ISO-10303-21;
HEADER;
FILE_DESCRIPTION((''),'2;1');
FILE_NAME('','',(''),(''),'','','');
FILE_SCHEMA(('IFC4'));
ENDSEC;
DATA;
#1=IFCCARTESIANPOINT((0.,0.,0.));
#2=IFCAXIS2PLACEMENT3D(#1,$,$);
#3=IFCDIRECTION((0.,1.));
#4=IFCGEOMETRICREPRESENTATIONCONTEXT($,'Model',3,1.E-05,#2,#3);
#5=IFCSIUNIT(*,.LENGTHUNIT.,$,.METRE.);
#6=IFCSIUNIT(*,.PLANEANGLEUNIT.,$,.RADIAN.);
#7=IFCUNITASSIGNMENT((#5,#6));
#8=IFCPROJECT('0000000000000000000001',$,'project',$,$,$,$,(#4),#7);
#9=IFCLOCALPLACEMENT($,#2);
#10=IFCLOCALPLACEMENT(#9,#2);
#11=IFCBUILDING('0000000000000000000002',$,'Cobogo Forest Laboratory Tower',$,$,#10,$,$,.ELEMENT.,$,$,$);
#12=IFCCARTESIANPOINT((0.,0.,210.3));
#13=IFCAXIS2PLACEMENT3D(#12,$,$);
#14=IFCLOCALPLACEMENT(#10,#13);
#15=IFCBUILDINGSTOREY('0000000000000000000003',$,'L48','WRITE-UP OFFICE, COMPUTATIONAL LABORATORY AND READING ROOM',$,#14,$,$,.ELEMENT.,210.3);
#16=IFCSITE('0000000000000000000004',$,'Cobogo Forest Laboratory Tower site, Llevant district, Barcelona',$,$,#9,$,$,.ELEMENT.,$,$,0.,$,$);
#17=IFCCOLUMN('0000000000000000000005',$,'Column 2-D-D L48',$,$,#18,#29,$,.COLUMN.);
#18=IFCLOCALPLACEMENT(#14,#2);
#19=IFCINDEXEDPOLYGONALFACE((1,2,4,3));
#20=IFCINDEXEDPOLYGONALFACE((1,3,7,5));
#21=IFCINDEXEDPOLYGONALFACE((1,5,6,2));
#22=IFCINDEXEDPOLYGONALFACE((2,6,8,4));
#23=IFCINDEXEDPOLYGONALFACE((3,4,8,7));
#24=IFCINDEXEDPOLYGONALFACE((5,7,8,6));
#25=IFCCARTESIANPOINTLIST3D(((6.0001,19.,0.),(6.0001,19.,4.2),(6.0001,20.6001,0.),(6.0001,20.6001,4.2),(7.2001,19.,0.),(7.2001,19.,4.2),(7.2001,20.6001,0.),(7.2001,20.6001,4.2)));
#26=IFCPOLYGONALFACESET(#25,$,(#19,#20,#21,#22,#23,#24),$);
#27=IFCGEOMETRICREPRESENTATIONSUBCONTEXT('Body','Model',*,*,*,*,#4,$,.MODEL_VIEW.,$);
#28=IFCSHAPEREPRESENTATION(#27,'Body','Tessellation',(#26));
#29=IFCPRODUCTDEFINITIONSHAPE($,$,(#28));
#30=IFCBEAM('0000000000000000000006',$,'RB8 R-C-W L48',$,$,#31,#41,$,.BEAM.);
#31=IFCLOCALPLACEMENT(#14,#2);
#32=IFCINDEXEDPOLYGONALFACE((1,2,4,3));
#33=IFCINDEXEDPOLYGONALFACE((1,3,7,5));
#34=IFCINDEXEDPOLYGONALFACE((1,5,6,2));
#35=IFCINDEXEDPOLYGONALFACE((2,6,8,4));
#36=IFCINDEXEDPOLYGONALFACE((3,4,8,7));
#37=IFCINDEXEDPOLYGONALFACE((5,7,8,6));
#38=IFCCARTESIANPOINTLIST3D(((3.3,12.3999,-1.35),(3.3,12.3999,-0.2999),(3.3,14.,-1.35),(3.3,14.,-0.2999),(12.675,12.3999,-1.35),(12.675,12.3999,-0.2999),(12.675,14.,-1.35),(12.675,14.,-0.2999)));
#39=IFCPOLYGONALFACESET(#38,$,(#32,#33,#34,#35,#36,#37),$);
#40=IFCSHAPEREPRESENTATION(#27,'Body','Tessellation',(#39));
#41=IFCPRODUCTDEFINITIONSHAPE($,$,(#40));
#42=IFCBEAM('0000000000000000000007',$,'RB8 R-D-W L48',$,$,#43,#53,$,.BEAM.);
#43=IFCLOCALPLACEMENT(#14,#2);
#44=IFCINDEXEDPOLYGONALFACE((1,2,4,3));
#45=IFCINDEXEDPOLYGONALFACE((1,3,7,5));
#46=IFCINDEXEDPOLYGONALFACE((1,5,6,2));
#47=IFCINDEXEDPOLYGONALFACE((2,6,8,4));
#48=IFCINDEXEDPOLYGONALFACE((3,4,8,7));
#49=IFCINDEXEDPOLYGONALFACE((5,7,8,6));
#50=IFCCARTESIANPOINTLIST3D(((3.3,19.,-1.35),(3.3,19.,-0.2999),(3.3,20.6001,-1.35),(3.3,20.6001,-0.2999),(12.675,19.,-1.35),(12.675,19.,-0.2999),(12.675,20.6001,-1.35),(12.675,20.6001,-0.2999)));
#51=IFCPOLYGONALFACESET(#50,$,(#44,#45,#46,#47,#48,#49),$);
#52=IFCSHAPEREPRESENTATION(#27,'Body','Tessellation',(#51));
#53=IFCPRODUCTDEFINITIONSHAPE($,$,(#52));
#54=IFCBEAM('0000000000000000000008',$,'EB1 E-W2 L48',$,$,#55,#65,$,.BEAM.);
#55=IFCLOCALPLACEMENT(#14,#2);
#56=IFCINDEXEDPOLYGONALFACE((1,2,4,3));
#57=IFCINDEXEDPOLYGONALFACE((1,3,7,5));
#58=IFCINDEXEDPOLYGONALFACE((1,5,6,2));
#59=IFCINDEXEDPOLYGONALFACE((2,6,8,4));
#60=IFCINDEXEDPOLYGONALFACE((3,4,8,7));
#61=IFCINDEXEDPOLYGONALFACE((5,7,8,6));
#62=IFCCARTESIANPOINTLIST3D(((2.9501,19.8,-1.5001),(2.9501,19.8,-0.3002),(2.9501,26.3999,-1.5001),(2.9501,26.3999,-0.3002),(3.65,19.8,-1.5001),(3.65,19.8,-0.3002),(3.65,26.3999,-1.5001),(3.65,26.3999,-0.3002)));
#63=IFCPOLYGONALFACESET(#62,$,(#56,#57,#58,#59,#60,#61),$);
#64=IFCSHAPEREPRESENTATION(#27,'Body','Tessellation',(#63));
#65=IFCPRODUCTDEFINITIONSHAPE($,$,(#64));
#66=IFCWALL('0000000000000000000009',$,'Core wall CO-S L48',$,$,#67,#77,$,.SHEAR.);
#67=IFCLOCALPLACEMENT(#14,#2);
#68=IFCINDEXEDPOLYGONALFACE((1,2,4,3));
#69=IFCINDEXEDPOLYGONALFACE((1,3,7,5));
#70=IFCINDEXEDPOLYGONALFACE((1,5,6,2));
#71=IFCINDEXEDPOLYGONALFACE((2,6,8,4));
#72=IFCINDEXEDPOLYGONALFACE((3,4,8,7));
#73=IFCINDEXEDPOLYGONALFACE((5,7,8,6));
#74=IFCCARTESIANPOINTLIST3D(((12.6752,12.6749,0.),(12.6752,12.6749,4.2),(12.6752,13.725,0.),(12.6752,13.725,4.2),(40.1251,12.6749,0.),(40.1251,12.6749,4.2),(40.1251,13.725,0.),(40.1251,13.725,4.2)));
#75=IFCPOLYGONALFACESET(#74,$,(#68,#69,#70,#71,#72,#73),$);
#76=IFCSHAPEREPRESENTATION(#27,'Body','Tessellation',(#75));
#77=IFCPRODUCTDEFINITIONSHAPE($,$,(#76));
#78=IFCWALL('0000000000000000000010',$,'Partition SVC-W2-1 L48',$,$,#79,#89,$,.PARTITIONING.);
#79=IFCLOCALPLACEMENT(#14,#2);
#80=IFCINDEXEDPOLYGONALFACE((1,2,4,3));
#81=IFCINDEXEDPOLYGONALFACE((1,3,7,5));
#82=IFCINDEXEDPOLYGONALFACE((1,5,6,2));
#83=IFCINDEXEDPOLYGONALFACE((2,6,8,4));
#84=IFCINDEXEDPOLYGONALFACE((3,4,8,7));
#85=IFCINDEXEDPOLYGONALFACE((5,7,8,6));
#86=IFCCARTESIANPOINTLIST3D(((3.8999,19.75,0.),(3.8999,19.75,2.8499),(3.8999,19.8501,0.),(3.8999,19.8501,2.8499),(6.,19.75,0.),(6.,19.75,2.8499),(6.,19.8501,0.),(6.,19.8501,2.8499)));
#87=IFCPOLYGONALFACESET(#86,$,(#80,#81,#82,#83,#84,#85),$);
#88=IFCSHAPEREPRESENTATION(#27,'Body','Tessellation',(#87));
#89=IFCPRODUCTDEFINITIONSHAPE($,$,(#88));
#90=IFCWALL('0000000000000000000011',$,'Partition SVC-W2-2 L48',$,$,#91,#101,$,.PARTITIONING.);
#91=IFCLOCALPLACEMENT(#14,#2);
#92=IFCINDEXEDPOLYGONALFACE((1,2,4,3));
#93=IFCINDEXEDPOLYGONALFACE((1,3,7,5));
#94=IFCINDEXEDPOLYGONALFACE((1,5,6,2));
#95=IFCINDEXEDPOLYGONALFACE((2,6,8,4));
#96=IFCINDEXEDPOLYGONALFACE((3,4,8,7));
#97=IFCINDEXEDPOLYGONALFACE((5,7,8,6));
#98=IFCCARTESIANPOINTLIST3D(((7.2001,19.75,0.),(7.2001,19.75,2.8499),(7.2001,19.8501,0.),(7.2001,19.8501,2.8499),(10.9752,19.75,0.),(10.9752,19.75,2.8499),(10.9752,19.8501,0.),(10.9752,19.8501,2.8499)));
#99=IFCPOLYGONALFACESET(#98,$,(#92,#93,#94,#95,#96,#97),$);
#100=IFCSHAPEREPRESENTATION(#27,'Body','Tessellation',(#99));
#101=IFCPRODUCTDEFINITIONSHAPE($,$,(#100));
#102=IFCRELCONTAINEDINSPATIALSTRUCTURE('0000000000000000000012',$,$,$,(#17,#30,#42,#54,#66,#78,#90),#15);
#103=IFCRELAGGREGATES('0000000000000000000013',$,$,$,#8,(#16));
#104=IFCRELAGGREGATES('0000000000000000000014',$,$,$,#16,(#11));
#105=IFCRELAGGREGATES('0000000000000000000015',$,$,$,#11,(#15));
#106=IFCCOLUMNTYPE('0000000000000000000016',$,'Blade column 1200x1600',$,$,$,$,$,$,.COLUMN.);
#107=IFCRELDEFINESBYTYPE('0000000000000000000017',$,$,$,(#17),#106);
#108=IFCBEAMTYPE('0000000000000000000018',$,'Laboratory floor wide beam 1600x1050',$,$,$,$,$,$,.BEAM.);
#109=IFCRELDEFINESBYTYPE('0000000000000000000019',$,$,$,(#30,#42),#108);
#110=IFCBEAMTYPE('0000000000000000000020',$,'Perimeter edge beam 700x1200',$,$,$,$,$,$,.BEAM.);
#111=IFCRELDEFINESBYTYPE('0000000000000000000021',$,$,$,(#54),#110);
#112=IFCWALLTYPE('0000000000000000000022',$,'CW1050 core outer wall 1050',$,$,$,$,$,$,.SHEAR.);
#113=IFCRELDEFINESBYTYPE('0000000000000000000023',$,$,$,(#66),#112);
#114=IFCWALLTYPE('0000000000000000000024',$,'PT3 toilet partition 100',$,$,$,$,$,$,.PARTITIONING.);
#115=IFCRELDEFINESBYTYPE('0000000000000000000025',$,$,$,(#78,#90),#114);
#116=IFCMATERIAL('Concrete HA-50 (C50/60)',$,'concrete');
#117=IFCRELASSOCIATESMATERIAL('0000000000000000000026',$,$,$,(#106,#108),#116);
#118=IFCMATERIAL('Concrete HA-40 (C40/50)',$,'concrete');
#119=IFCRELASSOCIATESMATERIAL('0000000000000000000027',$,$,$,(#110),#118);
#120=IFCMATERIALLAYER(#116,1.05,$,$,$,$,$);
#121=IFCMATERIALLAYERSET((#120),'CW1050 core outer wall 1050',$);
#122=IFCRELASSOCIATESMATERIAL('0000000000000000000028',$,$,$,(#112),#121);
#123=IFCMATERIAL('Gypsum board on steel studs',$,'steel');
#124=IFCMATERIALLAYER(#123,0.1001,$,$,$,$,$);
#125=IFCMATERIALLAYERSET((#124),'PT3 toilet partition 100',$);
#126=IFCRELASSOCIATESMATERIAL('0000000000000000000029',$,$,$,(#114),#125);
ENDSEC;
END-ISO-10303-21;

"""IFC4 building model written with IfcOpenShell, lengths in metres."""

from ifc_helpers import new_model, si_unit, direction, frame, frame_2d, origin, origin_2d, place, context, subcontext, project, spatial, rectangle, extrude, material, layer, layer_set, material_profile, profile_set, type_object, element, save


model = new_model("IFC4")

# Units and contexts
model_context = context("Model", 3, precision=1e-05, world=origin(), true_north=direction((0.0, 1.0)))
body_context = subcontext(model_context, "Body", "Model", "MODEL_VIEW")
ifc_project = project(units=[si_unit("LENGTHUNIT", "METRE"), si_unit("PLANEANGLEUNIT", "RADIAN")], contexts=[model_context])

# Site, building, storey
site_placement = place(None, origin())
site = spatial("IfcSite", under=ifc_project, at=site_placement, Name="Cobogo Forest Laboratory Tower site, Llevant district, Barcelona", CompositionType="ELEMENT", RefElevation=0.0)
building_placement = place(site_placement, origin())
building = spatial("IfcBuilding", under=site, at=building_placement, Name="Cobogo Forest Laboratory Tower", CompositionType="ELEMENT")
storey_placement = place(building_placement, frame((0.0, 0.0, 210.3)))
storey = spatial("IfcBuildingStorey", under=building, at=storey_placement, Name="L48", Description="WRITE-UP OFFICE, COMPUTATIONAL LABORATORY AND READING ROOM", CompositionType="ELEMENT", Elevation=210.3)

# Column
ifc_material_1 = material(Name="Concrete HA-50 (C50/60)", Category="concrete")
ifc_material_profile_1 = material_profile(ifc_material_1, rectangle(XDim=1.6001, YDim=1.2, at=origin_2d()), Name="RC 1200x1600")
ifc_profile_set_1 = profile_set([ifc_material_profile_1], Name="Concrete HA-50 (C50/60)")
column_type = type_object("IfcColumnType", Name="Blade column 1200x1600", PredefinedType="COLUMN", material=ifc_profile_set_1)
column_placement = place(storey_placement, frame((6.6001, 19.8, 0.0), z_axis=(0.0, 0.0, 1.0), x_axis=(0.0, 1.0, 0.0)))
element("IfcColumn", 1, at=column_placement, inside=storey, type_object=column_type, Name="Column 2-D-D L48", PredefinedType="COLUMN", context=body_context, shape_type="SweptSolid", body=[
    extrude(rectangle(XDim=1.6001, YDim=1.2, at=origin_2d()), origin(), (0.0, 0.0, 1.0), 4.2),
])

# Beams
ifc_material_profile_2 = material_profile(ifc_material_1, rectangle(XDim=1.6001, YDim=1.05, at=origin_2d()), Name="RC 1600x1050")
ifc_profile_set_2 = profile_set([ifc_material_profile_2], Name="Concrete HA-50 (C50/60)")
beam_type_1 = type_object("IfcBeamType", Name="Laboratory floor wide beam 1600x1050", PredefinedType="BEAM", material=ifc_profile_set_2)
for number, where, z_axis, x_axis, name in (
    (2, (12.675, 13.2, -0.825), (-1.0, 0.0, 0.0), (0.0, -1.0, 0.0), "RB8 R-C-W L48"),
    (3, (12.675, 19.8, -0.825), (-1.0, 0.0, 0.0), (0.0, -1.0, 0.0), "RB8 R-D-W L48"),
):
    element("IfcBeam", number, at=place(storey_placement, frame(where, z_axis=z_axis, x_axis=x_axis)), inside=storey, type_object=beam_type_1, Name=name, PredefinedType="BEAM", context=body_context, shape_type="SweptSolid", body=[
        extrude(rectangle(XDim=1.6001, YDim=1.05, at=origin_2d()), origin(), (0.0, 0.0, 1.0), 9.375),
    ])
ifc_material_2 = material(Name="Concrete HA-40 (C40/50)", Category="concrete")
ifc_material_profile_3 = material_profile(ifc_material_2, rectangle(XDim=0.7, YDim=1.2, at=origin_2d()), Name="RC 700x1200")
ifc_profile_set_3 = profile_set([ifc_material_profile_3], Name="Concrete HA-40 (C40/50)")
beam_type_2 = type_object("IfcBeamType", Name="Perimeter edge beam 700x1200", PredefinedType="BEAM", material=ifc_profile_set_3)
beam_placement = place(storey_placement, frame((3.3, 19.8, -0.9001), z_axis=(0.0, 1.0, 0.0), x_axis=(-1.0, 0.0, 0.0)))
element("IfcBeam", 4, at=beam_placement, inside=storey, type_object=beam_type_2, Name="EB1 E-W2 L48", PredefinedType="BEAM", context=body_context, shape_type="SweptSolid", body=[
    extrude(rectangle(XDim=0.7, YDim=1.2, at=origin_2d()), origin(), (0.0, 0.0, 1.0), 6.5999),
])

# Walls
ifc_layer_1 = layer(ifc_material_1, 1.05)
ifc_layer_set_1 = layer_set([ifc_layer_1], Name="CW1050 core outer wall 1050")
wall_type_1 = type_object("IfcWallType", Name="CW1050 core outer wall 1050", PredefinedType="SHEAR", material=ifc_layer_set_1)
wall_1_placement = place(storey_placement, frame((12.675, 13.2, 0.0), z_axis=(0.0, 0.0, 1.0), x_axis=(1.0, 0.0, 0.0)))
element("IfcWall", 5, at=wall_1_placement, inside=storey, type_object=wall_type_1, Name="Core wall CO-S L48", PredefinedType="SHEAR", context=body_context, shape_type="SweptSolid", body=[
    extrude(rectangle(XDim=27.45, YDim=1.05, at=frame_2d((13.7251, 0.0))), origin(), (0.0, 0.0, 1.0), 4.2),
])
ifc_material_3 = material(Name="Gypsum board on steel studs", Category="steel")
ifc_layer_2 = layer(ifc_material_3, 0.1001)
ifc_layer_set_2 = layer_set([ifc_layer_2], Name="PT3 toilet partition 100")
wall_type_2 = type_object("IfcWallType", Name="PT3 toilet partition 100", PredefinedType="PARTITIONING", material=ifc_layer_set_2)
wall_2_placement = place(storey_placement, frame((3.8999, 19.8, 0.0), z_axis=(0.0, 0.0, 1.0), x_axis=(1.0, 0.0, 0.0)))
element("IfcWall", 6, at=wall_2_placement, inside=storey, type_object=wall_type_2, Name="Partition SVC-W2-1 L48", PredefinedType="PARTITIONING", context=body_context, shape_type="SweptSolid", body=[
    extrude(rectangle(XDim=2.1001, YDim=0.1001, at=frame_2d((1.05, 0.0))), origin(), (0.0, 0.0, 1.0), 2.8499),
])
wall_3_placement = place(storey_placement, frame((7.2, 19.8, 0.0), z_axis=(0.0, 0.0, 1.0), x_axis=(1.0, 0.0, 0.0)))
element("IfcWall", 7, at=wall_3_placement, inside=storey, type_object=wall_type_2, Name="Partition SVC-W2-2 L48", PredefinedType="PARTITIONING", context=body_context, shape_type="SweptSolid", body=[
    extrude(rectangle(XDim=3.7751, YDim=0.1001, at=frame_2d((1.8877, 0.0))), origin(), (0.0, 0.0, 1.0), 2.8499),
])

save(model, "model.ifc")
